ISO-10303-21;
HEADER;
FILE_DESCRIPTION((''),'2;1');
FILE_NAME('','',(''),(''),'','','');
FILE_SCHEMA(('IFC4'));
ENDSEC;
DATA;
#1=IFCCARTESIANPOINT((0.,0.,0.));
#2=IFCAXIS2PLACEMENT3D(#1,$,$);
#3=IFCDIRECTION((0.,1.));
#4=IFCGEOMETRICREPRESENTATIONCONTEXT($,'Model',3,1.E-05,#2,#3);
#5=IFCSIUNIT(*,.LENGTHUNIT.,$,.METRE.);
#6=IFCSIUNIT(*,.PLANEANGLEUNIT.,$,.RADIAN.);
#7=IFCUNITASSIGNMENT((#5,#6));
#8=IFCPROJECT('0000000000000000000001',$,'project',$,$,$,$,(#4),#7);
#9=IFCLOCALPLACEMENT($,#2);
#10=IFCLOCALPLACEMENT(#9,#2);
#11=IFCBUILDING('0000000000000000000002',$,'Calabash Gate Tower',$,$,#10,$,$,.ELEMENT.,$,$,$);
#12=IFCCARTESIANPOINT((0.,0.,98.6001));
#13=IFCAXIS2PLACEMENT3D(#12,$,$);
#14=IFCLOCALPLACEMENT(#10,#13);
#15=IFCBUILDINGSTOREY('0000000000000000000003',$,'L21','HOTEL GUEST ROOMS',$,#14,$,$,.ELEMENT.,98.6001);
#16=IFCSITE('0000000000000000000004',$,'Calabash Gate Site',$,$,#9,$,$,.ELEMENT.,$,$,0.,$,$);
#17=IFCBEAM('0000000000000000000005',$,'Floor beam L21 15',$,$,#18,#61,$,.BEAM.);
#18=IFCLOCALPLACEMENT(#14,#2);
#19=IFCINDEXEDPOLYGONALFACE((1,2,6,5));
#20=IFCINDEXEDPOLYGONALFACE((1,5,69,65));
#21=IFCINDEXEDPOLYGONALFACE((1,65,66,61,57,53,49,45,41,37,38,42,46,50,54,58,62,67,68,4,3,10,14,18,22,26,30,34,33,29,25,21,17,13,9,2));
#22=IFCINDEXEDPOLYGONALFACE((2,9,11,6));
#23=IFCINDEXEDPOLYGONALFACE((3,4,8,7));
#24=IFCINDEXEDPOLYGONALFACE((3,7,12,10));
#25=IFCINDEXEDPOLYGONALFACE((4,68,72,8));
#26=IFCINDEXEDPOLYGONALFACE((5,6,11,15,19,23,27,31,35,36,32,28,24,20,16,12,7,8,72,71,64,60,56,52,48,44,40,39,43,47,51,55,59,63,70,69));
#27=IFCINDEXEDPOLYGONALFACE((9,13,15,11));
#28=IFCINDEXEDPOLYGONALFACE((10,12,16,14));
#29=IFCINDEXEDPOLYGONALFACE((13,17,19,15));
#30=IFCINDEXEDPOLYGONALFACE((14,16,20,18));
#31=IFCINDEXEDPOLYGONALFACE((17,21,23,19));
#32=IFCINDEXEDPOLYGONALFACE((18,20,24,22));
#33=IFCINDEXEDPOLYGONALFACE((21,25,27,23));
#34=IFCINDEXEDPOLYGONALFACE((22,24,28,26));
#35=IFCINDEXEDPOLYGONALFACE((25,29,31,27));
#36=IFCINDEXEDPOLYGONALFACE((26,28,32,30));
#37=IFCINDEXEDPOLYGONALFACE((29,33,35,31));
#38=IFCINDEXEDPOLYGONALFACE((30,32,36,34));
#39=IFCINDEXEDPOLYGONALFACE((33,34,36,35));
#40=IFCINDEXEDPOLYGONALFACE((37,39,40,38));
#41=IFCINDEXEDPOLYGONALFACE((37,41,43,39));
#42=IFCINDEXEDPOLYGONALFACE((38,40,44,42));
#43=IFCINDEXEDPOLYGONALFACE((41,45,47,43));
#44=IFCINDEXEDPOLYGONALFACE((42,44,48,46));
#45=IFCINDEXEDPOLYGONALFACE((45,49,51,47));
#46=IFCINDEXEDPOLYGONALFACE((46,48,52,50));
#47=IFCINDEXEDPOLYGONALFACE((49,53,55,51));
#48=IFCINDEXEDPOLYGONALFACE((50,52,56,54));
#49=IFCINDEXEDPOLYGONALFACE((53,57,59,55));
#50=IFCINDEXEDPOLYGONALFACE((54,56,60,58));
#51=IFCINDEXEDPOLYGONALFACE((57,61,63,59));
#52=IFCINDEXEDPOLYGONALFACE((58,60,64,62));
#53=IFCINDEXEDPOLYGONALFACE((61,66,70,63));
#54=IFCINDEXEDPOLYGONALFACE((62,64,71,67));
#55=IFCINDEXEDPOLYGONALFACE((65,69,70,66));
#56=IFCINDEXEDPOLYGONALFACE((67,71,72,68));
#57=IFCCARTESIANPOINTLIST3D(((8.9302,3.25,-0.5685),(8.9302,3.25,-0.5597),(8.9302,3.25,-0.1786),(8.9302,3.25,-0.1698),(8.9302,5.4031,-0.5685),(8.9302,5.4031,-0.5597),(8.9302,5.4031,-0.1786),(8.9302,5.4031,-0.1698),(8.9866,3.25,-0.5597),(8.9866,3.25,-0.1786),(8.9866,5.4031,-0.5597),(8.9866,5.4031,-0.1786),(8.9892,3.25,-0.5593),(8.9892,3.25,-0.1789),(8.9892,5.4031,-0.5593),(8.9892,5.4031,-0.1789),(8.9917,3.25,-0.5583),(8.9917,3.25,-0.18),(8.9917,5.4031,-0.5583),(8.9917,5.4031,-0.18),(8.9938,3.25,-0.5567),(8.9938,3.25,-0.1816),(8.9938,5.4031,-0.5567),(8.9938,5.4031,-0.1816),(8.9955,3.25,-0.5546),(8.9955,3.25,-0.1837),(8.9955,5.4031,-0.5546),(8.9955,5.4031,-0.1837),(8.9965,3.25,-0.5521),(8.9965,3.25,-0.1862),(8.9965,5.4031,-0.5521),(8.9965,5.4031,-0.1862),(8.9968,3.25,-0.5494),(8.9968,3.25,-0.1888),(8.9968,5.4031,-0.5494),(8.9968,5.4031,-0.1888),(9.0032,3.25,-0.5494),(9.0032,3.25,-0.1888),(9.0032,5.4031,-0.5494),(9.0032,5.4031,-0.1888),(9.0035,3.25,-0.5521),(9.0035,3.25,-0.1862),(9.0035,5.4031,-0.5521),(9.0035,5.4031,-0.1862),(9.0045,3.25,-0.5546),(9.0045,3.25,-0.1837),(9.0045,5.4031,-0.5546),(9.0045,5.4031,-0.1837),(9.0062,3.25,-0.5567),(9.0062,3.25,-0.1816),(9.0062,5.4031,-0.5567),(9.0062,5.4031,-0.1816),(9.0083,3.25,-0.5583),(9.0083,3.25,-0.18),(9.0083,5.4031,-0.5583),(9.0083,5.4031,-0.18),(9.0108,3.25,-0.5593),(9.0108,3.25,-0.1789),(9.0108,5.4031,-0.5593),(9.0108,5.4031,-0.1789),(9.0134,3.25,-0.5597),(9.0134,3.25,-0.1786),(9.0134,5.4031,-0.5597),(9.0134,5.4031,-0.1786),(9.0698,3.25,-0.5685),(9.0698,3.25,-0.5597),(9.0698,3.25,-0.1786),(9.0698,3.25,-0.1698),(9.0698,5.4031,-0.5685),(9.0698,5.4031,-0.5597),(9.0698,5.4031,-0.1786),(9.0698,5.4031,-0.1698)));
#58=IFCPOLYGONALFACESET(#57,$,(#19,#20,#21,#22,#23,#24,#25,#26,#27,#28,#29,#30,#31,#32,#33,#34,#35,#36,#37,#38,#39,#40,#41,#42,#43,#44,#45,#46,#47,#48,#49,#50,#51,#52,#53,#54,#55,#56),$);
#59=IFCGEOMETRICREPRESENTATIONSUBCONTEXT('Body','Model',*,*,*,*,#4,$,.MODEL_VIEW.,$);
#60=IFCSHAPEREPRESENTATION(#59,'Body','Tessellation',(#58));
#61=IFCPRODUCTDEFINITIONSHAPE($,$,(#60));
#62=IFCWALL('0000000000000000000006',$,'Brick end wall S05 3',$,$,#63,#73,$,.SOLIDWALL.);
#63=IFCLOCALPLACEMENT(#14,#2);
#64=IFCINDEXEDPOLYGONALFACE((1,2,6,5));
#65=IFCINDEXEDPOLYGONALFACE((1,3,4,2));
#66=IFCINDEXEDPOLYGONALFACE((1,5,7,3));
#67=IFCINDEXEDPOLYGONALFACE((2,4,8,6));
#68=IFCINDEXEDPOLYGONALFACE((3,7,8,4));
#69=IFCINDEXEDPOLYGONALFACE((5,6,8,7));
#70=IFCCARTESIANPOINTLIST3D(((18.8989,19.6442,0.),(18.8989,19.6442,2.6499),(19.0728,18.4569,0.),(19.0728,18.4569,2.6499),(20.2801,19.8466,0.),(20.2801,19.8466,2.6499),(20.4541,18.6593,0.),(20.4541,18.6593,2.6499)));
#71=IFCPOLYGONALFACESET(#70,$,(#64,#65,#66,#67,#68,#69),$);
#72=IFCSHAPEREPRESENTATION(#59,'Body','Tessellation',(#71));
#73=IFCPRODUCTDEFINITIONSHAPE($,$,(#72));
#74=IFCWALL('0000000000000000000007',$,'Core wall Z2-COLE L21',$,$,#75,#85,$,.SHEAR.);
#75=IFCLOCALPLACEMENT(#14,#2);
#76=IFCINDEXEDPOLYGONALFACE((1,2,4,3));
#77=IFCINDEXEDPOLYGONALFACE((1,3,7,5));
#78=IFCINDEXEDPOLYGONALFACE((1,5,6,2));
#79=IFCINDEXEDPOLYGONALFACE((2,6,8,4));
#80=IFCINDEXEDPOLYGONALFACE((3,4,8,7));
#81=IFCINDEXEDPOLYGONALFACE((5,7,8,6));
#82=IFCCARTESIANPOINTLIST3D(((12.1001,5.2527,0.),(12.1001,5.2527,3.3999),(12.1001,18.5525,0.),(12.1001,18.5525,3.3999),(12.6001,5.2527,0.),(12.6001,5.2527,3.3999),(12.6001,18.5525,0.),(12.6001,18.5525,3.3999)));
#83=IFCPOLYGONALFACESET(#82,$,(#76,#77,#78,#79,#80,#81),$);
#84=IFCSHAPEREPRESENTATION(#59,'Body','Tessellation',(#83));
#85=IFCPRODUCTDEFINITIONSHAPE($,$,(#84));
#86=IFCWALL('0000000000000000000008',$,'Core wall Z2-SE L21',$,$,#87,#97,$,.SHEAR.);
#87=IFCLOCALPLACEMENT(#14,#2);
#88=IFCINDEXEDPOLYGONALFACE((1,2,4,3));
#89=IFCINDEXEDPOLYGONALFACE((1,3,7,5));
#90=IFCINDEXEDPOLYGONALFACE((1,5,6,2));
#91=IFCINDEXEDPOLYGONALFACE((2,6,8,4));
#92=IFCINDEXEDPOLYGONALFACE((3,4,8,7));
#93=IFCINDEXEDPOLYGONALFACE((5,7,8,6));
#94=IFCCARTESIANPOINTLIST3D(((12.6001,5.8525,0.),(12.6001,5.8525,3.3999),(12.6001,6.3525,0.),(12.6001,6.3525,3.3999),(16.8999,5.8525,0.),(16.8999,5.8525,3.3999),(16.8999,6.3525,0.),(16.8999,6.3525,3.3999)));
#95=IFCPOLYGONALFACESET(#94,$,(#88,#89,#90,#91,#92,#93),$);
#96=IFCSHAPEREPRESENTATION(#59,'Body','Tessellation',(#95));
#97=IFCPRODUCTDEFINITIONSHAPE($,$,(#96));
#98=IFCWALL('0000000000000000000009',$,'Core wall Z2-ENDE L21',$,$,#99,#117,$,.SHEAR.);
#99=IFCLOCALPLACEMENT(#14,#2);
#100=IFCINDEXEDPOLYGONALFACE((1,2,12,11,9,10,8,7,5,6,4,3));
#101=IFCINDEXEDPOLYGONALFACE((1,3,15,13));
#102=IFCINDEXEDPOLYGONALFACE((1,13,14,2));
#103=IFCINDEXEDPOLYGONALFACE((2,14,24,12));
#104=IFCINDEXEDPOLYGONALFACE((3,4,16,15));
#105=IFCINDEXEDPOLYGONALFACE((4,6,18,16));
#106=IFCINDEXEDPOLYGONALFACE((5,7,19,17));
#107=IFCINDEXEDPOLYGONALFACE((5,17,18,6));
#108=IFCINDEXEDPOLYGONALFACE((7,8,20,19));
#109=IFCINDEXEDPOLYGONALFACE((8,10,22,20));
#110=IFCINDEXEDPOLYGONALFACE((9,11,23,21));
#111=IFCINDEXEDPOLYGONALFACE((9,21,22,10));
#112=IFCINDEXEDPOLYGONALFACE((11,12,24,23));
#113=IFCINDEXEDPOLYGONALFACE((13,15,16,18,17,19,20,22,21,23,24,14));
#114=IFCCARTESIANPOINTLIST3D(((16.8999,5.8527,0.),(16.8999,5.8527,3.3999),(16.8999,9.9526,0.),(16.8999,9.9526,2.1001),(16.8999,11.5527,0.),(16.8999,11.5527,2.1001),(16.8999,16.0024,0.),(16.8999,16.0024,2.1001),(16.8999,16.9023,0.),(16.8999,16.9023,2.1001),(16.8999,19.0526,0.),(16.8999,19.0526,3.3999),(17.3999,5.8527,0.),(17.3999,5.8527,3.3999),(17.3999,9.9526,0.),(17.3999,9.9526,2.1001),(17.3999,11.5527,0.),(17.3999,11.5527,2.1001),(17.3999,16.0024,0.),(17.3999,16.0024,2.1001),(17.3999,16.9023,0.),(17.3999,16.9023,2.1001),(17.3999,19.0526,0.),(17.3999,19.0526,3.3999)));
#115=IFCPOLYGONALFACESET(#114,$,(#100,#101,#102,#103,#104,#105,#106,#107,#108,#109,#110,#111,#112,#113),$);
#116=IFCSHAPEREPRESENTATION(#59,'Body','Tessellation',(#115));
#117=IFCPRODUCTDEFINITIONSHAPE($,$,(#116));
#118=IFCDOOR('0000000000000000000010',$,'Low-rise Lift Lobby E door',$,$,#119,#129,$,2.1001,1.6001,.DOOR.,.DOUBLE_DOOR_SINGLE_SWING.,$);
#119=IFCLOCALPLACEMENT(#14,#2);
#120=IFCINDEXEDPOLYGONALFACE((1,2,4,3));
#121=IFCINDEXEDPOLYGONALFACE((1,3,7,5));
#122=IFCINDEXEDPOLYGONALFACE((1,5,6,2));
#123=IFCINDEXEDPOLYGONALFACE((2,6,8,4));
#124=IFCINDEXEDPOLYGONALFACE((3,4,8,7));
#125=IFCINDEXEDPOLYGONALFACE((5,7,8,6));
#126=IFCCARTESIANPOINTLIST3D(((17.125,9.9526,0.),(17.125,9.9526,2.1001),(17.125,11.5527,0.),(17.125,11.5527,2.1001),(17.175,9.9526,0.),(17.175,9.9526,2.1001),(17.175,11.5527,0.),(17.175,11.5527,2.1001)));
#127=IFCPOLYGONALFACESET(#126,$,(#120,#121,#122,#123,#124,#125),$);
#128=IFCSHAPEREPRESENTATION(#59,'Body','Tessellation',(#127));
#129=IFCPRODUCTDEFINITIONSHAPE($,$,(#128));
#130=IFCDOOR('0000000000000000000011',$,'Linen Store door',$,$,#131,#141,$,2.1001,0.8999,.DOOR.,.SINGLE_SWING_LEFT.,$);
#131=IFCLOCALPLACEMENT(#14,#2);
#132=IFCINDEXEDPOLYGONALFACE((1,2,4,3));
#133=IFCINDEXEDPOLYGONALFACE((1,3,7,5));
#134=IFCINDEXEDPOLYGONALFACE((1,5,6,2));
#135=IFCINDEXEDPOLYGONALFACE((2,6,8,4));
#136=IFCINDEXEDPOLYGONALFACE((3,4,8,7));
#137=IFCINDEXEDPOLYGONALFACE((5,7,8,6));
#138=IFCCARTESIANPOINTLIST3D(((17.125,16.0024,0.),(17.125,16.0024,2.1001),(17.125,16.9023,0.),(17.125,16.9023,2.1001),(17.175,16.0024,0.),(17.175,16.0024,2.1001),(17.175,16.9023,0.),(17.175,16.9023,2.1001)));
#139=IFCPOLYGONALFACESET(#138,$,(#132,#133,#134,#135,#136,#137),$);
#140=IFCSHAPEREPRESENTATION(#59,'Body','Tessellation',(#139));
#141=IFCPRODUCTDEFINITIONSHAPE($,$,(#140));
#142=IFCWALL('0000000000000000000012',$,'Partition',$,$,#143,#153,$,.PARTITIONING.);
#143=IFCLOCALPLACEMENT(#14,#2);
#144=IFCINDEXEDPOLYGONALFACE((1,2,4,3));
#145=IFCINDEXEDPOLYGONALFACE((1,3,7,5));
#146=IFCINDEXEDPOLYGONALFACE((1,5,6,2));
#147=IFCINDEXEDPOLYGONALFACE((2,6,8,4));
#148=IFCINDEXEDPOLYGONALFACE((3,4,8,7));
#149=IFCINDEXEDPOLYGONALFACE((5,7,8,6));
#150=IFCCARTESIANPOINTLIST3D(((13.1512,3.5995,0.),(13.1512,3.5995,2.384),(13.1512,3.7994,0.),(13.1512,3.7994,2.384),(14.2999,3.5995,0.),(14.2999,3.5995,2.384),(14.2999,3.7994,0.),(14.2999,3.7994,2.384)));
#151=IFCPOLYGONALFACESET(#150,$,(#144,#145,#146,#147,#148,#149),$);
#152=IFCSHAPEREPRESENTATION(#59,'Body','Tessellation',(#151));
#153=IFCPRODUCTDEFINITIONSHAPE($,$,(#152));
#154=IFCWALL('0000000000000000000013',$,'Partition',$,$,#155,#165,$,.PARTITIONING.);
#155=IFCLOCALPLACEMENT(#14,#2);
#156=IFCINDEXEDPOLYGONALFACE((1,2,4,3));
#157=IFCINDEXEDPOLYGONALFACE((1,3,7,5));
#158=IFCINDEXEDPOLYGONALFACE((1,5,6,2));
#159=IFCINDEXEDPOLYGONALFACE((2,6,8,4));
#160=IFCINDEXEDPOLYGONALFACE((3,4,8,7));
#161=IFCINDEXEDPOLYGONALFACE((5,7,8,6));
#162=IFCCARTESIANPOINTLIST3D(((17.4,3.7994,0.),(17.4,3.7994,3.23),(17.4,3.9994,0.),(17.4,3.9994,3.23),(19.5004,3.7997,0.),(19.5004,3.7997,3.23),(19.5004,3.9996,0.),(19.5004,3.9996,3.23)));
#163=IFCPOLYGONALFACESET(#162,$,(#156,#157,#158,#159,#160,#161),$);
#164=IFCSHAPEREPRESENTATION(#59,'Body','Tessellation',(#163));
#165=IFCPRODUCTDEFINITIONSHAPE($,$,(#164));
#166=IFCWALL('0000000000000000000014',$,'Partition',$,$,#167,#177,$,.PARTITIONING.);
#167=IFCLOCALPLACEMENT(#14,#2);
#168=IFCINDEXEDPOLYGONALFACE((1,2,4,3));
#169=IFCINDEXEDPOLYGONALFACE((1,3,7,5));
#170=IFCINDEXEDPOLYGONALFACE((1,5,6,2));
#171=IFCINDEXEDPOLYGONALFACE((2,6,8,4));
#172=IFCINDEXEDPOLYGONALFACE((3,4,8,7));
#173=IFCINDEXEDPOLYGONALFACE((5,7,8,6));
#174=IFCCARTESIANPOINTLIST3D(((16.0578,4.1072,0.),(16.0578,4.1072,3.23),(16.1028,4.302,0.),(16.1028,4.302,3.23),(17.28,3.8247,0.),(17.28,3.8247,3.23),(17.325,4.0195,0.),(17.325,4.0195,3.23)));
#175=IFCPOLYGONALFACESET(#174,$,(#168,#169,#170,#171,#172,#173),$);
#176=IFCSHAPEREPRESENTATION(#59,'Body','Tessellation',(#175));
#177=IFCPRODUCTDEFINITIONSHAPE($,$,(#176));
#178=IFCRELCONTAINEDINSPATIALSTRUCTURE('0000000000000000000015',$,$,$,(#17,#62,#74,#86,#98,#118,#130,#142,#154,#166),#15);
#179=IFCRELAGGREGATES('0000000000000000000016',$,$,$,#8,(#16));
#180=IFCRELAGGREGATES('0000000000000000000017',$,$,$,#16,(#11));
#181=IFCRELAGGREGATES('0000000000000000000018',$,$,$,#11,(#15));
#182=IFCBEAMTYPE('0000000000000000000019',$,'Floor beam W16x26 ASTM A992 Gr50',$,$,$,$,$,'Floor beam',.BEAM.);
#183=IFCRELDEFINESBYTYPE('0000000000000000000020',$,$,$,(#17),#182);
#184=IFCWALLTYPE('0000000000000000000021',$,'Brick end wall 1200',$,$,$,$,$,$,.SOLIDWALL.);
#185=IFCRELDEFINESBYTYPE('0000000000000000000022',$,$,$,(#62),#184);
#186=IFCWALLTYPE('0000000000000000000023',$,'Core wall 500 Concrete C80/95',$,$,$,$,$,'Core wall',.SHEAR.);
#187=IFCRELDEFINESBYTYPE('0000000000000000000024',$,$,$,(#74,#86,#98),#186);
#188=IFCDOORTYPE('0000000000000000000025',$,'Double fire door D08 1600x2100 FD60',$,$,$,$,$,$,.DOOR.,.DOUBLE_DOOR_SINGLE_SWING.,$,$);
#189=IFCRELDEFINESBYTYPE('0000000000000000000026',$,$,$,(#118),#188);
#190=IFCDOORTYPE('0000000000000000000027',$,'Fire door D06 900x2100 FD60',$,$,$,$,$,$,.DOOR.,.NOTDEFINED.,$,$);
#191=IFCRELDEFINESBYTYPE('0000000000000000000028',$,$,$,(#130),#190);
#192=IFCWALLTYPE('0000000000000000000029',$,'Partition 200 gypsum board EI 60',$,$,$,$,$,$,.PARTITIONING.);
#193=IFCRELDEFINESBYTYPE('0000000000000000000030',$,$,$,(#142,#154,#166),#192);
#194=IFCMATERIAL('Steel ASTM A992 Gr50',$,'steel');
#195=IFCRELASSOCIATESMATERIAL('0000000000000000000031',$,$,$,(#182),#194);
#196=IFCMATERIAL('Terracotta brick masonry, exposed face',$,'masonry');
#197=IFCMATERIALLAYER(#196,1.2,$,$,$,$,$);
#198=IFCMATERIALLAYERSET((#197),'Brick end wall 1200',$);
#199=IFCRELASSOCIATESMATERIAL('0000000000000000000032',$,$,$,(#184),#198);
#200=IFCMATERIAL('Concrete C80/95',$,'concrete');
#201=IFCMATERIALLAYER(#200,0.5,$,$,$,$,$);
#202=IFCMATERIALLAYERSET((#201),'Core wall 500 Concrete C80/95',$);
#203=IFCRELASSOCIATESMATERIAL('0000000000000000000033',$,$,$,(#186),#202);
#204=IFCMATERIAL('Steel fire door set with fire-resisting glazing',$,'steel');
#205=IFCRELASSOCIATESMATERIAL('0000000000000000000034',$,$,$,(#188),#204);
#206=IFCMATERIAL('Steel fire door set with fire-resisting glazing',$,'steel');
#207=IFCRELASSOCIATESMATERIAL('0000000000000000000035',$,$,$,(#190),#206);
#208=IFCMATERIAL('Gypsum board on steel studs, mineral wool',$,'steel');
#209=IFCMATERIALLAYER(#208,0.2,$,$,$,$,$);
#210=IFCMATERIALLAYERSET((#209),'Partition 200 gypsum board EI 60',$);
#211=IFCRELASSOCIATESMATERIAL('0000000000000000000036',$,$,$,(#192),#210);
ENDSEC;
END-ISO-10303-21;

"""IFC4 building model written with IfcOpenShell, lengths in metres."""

from ifc_helpers import new_model, si_unit, direction, frame, frame_2d, origin, origin_2d, place, context, subcontext, project, spatial, rectangle, i_section, extrude, material, layer, layer_set, material_profile, profile_set, type_object, element, fill, save


model = new_model("IFC4")

# Units and contexts
model_context = context("Model", 3, precision=1e-05, world=origin(), true_north=direction((0.0, 1.0)))
body_context = subcontext(model_context, "Body", "Model", "MODEL_VIEW")
ifc_project = project(units=[si_unit("LENGTHUNIT", "METRE"), si_unit("PLANEANGLEUNIT", "RADIAN")], contexts=[model_context])

# Site, building, storey
site_placement = place(None, origin())
site = spatial("IfcSite", under=ifc_project, at=site_placement, Name="Calabash Gate Site", CompositionType="ELEMENT", RefElevation=0.0)
building_placement = place(site_placement, origin())
building = spatial("IfcBuilding", under=site, at=building_placement, Name="Calabash Gate Tower", CompositionType="ELEMENT")
storey_placement = place(building_placement, frame((0.0, 0.0, 98.6001)))
storey = spatial("IfcBuildingStorey", under=building, at=storey_placement, Name="L21", Description="HOTEL GUEST ROOMS", CompositionType="ELEMENT", Elevation=98.6001)

# Beam
ifc_material_1 = material(Name="Steel ASTM A992 Gr50", Category="steel")
ifc_material_profile = material_profile(ifc_material_1, i_section(OverallWidth=0.1396, OverallDepth=0.3987, WebThickness=0.0063, FlangeThickness=0.0088, FilletRadius=0.0103, at=origin_2d()))
ifc_profile_set = profile_set([ifc_material_profile], Name="Steel ASTM A992 Gr50")
beam_type = type_object("IfcBeamType", Name="Floor beam W16x26 ASTM A992 Gr50", ElementType="Floor beam", PredefinedType="BEAM", material=ifc_profile_set)
beam_placement = place(storey_placement, frame((9.0, 3.25, -0.3691), z_axis=(0.0, 1.0, 0.0), x_axis=(-1.0, 0.0, 0.0)))
element("IfcBeam", 1, at=beam_placement, inside=storey, type_object=beam_type, Name="Floor beam L21 15", PredefinedType="BEAM", context=body_context, shape_type="SweptSolid", body=[
    extrude(i_section(OverallWidth=0.1396, OverallDepth=0.3987, WebThickness=0.0063, FlangeThickness=0.0088, FilletRadius=0.0103, at=origin_2d()), origin(), (0.0, 0.0, 1.0), 2.1531),
])

# Walls
ifc_material_2 = material(Name="Terracotta brick masonry, exposed face", Category="masonry")
ifc_layer_1 = layer(ifc_material_2, 1.2)
ifc_layer_set_1 = layer_set([ifc_layer_1], Name="Brick end wall 1200")
wall_type_1 = type_object("IfcWallType", Name="Brick end wall 1200", PredefinedType="SOLIDWALL", material=ifc_layer_set_1)
wall_1_placement = place(storey_placement, frame((18.9858, 19.0505, 0.0), z_axis=(0.0, 0.0, 1.0), x_axis=(0.989436, 0.14497, 0.0)))
element("IfcWall", 2, at=wall_1_placement, inside=storey, type_object=wall_type_1, Name="Brick end wall S05 3", PredefinedType="SOLIDWALL", context=body_context, shape_type="SweptSolid", body=[
    extrude(rectangle(XDim=1.396, YDim=1.2, at=frame_2d((0.698, 0.0))), origin(), (0.0, 0.0, 1.0), 2.6499),
])
ifc_material_3 = material(Name="Concrete C80/95", Category="concrete")
ifc_layer_2 = layer(ifc_material_3, 0.5)
ifc_layer_set_2 = layer_set([ifc_layer_2], Name="Core wall 500 Concrete C80/95")
wall_type_2 = type_object("IfcWallType", Name="Core wall 500 Concrete C80/95", ElementType="Core wall", PredefinedType="SHEAR", material=ifc_layer_set_2)
wall_2_placement = place(storey_placement, frame((12.3501, 5.2527, 0.0), z_axis=(0.0, 0.0, 1.0), x_axis=(0.0, 1.0, 0.0)))
element("IfcWall", 3, at=wall_2_placement, inside=storey, type_object=wall_type_2, Name="Core wall Z2-COLE L21", PredefinedType="SHEAR", context=body_context, shape_type="SweptSolid", body=[
    extrude(rectangle(XDim=13.2998, YDim=0.5, at=frame_2d((6.6499, 0.0))), origin(), (0.0, 0.0, 1.0), 3.3999),
])
wall_3_placement = place(storey_placement, frame((12.6001, 6.1025, 0.0), z_axis=(0.0, 0.0, 1.0), x_axis=(1.0, 0.0, 0.0)))
element("IfcWall", 4, at=wall_3_placement, inside=storey, type_object=wall_type_2, Name="Core wall Z2-SE L21", PredefinedType="SHEAR", context=body_context, shape_type="SweptSolid", body=[
    extrude(rectangle(XDim=4.2998, YDim=0.5, at=frame_2d((2.1499, 0.0))), origin(), (0.0, 0.0, 1.0), 3.3999),
])

# Wall, openings, doors
wall_4_placement = place(storey_placement, frame((17.1499, 5.8525, 0.0), z_axis=(0.0, 0.0, 1.0), x_axis=(0.0, 1.0, 0.0)))
wall_4 = element("IfcWall", 5, at=wall_4_placement, inside=storey, type_object=wall_type_2, Name="Core wall Z2-ENDE L21", PredefinedType="SHEAR", context=body_context, shape_type="SweptSolid", body=[
    extrude(rectangle(XDim=13.2, YDim=0.5, at=frame_2d((6.6001, 0.0))), origin(), (0.0, 0.0, 1.0), 3.3999),
])
opening_1_placement = place(wall_4_placement, frame((4.1001, 0.0, 0.0)))
opening_1 = element("IfcOpeningElement", 6, at=opening_1_placement, cuts=wall_4, PredefinedType="OPENING", context=body_context, shape_type="SweptSolid", body=[
    extrude(rectangle(XDim=1.6001, YDim=2.1001, at=frame_2d((0.8, 1.05))), frame((0.0, 0.26, 0.0), z_axis=(0.0, -1.0, 0.0), x_axis=(1.0, 0.0, 0.0)), (0.0, 0.0, 1.0), 0.52),
])
opening_2_placement = place(wall_4_placement, frame((10.1499, 0.0, 0.0)))
opening_2 = element("IfcOpeningElement", 7, at=opening_2_placement, cuts=wall_4, PredefinedType="OPENING", context=body_context, shape_type="SweptSolid", body=[
    extrude(rectangle(XDim=0.8999, YDim=2.1001, at=frame_2d((0.45, 1.05))), frame((0.0, 0.26, 0.0), z_axis=(0.0, -1.0, 0.0), x_axis=(1.0, 0.0, 0.0)), (0.0, 0.0, 1.0), 0.52),
])
ifc_material_4 = material(Name="Steel fire door set with fire-resisting glazing", Category="steel")
door_type_1 = type_object("IfcDoorType", Name="Double fire door D08 1600x2100 FD60", OperationType="DOUBLE_DOOR_SINGLE_SWING", PredefinedType="DOOR", material=ifc_material_4)
door_1_placement = place(opening_1_placement, origin())
door_1 = element("IfcDoor", 8, at=door_1_placement, inside=storey, type_object=door_type_1, Name="Low-rise Lift Lobby E door", OperationType="DOUBLE_DOOR_SINGLE_SWING", OverallHeight=2.1001, OverallWidth=1.6001, PredefinedType="DOOR", context=body_context, shape_type="SweptSolid", body=[
    extrude(rectangle(XDim=1.6001, YDim=2.1001, at=frame_2d((0.8, 1.05))), frame((0.0, 0.0249, 0.0), z_axis=(0.0, -1.0, 0.0), x_axis=(1.0, 0.0, 0.0)), (0.0, 0.0, 1.0), 0.05),
])
fill(opening_1, door_1)
ifc_material_5 = material(Name="Steel fire door set with fire-resisting glazing", Category="steel")
door_type_2 = type_object("IfcDoorType", Name="Fire door D06 900x2100 FD60", OperationType="NOTDEFINED", PredefinedType="DOOR", material=ifc_material_5)
door_2_placement = place(opening_2_placement, origin())
door_2 = element("IfcDoor", 9, at=door_2_placement, inside=storey, type_object=door_type_2, Name="Linen Store door", OperationType="SINGLE_SWING_LEFT", OverallHeight=2.1001, OverallWidth=0.8999, PredefinedType="DOOR", context=body_context, shape_type="SweptSolid", body=[
    extrude(rectangle(XDim=0.8999, YDim=2.1001, at=frame_2d((0.45, 1.05))), frame((0.0, 0.0249, 0.0), z_axis=(0.0, -1.0, 0.0), x_axis=(1.0, 0.0, 0.0)), (0.0, 0.0, 1.0), 0.05),
])
fill(opening_2, door_2)

# Walls
ifc_material_6 = material(Name="Gypsum board on steel studs, mineral wool", Category="steel")
ifc_layer_3 = layer(ifc_material_6, 0.2)
ifc_layer_set_3 = layer_set([ifc_layer_3], Name="Partition 200 gypsum board EI 60")
wall_type_3 = type_object("IfcWallType", Name="Partition 200 gypsum board EI 60", PredefinedType="PARTITIONING", material=ifc_layer_set_3)
wall_5_placement = place(storey_placement, frame((13.1514, 3.6995, 0.0), z_axis=(0.0, 0.0, 1.0), x_axis=(1.0, 0.0, 0.0)))
element("IfcWall", 10, at=wall_5_placement, inside=storey, type_object=wall_type_3, Name="Partition", PredefinedType="PARTITIONING", context=body_context, shape_type="SweptSolid", body=[
    extrude(rectangle(XDim=1.1487, YDim=0.2, at=frame_2d((0.5742, 0.0))), origin(), (0.0, 0.0, 1.0), 2.384),
])
wall_6_placement = place(storey_placement, frame((17.3999, 3.8994, 0.0), z_axis=(0.0, 0.0, 1.0), x_axis=(1.0, 0.000116, 0.0)))
element("IfcWall", 11, at=wall_6_placement, inside=storey, type_object=wall_type_3, Name="Partition", PredefinedType="PARTITIONING", context=body_context, shape_type="SweptSolid", body=[
    extrude(rectangle(XDim=2.1003, YDim=0.2, at=frame_2d((1.0503, 0.0))), origin(), (0.0, 0.0, 1.0), 3.23),
])
wall_7_placement = place(storey_placement, frame((16.0803, 4.2046, 0.0), z_axis=(0.0, 0.0, 1.0), x_axis=(0.974316, -0.225186, 0.0)))
element("IfcWall", 12, at=wall_7_placement, inside=storey, type_object=wall_type_3, Name="Partition", PredefinedType="PARTITIONING", context=body_context, shape_type="SweptSolid", body=[
    extrude(rectangle(XDim=1.2544, YDim=0.2, at=frame_2d((0.6272, 0.0))), origin(), (0.0, 0.0, 1.0), 3.23),
])

save(model, "model.ifc")
